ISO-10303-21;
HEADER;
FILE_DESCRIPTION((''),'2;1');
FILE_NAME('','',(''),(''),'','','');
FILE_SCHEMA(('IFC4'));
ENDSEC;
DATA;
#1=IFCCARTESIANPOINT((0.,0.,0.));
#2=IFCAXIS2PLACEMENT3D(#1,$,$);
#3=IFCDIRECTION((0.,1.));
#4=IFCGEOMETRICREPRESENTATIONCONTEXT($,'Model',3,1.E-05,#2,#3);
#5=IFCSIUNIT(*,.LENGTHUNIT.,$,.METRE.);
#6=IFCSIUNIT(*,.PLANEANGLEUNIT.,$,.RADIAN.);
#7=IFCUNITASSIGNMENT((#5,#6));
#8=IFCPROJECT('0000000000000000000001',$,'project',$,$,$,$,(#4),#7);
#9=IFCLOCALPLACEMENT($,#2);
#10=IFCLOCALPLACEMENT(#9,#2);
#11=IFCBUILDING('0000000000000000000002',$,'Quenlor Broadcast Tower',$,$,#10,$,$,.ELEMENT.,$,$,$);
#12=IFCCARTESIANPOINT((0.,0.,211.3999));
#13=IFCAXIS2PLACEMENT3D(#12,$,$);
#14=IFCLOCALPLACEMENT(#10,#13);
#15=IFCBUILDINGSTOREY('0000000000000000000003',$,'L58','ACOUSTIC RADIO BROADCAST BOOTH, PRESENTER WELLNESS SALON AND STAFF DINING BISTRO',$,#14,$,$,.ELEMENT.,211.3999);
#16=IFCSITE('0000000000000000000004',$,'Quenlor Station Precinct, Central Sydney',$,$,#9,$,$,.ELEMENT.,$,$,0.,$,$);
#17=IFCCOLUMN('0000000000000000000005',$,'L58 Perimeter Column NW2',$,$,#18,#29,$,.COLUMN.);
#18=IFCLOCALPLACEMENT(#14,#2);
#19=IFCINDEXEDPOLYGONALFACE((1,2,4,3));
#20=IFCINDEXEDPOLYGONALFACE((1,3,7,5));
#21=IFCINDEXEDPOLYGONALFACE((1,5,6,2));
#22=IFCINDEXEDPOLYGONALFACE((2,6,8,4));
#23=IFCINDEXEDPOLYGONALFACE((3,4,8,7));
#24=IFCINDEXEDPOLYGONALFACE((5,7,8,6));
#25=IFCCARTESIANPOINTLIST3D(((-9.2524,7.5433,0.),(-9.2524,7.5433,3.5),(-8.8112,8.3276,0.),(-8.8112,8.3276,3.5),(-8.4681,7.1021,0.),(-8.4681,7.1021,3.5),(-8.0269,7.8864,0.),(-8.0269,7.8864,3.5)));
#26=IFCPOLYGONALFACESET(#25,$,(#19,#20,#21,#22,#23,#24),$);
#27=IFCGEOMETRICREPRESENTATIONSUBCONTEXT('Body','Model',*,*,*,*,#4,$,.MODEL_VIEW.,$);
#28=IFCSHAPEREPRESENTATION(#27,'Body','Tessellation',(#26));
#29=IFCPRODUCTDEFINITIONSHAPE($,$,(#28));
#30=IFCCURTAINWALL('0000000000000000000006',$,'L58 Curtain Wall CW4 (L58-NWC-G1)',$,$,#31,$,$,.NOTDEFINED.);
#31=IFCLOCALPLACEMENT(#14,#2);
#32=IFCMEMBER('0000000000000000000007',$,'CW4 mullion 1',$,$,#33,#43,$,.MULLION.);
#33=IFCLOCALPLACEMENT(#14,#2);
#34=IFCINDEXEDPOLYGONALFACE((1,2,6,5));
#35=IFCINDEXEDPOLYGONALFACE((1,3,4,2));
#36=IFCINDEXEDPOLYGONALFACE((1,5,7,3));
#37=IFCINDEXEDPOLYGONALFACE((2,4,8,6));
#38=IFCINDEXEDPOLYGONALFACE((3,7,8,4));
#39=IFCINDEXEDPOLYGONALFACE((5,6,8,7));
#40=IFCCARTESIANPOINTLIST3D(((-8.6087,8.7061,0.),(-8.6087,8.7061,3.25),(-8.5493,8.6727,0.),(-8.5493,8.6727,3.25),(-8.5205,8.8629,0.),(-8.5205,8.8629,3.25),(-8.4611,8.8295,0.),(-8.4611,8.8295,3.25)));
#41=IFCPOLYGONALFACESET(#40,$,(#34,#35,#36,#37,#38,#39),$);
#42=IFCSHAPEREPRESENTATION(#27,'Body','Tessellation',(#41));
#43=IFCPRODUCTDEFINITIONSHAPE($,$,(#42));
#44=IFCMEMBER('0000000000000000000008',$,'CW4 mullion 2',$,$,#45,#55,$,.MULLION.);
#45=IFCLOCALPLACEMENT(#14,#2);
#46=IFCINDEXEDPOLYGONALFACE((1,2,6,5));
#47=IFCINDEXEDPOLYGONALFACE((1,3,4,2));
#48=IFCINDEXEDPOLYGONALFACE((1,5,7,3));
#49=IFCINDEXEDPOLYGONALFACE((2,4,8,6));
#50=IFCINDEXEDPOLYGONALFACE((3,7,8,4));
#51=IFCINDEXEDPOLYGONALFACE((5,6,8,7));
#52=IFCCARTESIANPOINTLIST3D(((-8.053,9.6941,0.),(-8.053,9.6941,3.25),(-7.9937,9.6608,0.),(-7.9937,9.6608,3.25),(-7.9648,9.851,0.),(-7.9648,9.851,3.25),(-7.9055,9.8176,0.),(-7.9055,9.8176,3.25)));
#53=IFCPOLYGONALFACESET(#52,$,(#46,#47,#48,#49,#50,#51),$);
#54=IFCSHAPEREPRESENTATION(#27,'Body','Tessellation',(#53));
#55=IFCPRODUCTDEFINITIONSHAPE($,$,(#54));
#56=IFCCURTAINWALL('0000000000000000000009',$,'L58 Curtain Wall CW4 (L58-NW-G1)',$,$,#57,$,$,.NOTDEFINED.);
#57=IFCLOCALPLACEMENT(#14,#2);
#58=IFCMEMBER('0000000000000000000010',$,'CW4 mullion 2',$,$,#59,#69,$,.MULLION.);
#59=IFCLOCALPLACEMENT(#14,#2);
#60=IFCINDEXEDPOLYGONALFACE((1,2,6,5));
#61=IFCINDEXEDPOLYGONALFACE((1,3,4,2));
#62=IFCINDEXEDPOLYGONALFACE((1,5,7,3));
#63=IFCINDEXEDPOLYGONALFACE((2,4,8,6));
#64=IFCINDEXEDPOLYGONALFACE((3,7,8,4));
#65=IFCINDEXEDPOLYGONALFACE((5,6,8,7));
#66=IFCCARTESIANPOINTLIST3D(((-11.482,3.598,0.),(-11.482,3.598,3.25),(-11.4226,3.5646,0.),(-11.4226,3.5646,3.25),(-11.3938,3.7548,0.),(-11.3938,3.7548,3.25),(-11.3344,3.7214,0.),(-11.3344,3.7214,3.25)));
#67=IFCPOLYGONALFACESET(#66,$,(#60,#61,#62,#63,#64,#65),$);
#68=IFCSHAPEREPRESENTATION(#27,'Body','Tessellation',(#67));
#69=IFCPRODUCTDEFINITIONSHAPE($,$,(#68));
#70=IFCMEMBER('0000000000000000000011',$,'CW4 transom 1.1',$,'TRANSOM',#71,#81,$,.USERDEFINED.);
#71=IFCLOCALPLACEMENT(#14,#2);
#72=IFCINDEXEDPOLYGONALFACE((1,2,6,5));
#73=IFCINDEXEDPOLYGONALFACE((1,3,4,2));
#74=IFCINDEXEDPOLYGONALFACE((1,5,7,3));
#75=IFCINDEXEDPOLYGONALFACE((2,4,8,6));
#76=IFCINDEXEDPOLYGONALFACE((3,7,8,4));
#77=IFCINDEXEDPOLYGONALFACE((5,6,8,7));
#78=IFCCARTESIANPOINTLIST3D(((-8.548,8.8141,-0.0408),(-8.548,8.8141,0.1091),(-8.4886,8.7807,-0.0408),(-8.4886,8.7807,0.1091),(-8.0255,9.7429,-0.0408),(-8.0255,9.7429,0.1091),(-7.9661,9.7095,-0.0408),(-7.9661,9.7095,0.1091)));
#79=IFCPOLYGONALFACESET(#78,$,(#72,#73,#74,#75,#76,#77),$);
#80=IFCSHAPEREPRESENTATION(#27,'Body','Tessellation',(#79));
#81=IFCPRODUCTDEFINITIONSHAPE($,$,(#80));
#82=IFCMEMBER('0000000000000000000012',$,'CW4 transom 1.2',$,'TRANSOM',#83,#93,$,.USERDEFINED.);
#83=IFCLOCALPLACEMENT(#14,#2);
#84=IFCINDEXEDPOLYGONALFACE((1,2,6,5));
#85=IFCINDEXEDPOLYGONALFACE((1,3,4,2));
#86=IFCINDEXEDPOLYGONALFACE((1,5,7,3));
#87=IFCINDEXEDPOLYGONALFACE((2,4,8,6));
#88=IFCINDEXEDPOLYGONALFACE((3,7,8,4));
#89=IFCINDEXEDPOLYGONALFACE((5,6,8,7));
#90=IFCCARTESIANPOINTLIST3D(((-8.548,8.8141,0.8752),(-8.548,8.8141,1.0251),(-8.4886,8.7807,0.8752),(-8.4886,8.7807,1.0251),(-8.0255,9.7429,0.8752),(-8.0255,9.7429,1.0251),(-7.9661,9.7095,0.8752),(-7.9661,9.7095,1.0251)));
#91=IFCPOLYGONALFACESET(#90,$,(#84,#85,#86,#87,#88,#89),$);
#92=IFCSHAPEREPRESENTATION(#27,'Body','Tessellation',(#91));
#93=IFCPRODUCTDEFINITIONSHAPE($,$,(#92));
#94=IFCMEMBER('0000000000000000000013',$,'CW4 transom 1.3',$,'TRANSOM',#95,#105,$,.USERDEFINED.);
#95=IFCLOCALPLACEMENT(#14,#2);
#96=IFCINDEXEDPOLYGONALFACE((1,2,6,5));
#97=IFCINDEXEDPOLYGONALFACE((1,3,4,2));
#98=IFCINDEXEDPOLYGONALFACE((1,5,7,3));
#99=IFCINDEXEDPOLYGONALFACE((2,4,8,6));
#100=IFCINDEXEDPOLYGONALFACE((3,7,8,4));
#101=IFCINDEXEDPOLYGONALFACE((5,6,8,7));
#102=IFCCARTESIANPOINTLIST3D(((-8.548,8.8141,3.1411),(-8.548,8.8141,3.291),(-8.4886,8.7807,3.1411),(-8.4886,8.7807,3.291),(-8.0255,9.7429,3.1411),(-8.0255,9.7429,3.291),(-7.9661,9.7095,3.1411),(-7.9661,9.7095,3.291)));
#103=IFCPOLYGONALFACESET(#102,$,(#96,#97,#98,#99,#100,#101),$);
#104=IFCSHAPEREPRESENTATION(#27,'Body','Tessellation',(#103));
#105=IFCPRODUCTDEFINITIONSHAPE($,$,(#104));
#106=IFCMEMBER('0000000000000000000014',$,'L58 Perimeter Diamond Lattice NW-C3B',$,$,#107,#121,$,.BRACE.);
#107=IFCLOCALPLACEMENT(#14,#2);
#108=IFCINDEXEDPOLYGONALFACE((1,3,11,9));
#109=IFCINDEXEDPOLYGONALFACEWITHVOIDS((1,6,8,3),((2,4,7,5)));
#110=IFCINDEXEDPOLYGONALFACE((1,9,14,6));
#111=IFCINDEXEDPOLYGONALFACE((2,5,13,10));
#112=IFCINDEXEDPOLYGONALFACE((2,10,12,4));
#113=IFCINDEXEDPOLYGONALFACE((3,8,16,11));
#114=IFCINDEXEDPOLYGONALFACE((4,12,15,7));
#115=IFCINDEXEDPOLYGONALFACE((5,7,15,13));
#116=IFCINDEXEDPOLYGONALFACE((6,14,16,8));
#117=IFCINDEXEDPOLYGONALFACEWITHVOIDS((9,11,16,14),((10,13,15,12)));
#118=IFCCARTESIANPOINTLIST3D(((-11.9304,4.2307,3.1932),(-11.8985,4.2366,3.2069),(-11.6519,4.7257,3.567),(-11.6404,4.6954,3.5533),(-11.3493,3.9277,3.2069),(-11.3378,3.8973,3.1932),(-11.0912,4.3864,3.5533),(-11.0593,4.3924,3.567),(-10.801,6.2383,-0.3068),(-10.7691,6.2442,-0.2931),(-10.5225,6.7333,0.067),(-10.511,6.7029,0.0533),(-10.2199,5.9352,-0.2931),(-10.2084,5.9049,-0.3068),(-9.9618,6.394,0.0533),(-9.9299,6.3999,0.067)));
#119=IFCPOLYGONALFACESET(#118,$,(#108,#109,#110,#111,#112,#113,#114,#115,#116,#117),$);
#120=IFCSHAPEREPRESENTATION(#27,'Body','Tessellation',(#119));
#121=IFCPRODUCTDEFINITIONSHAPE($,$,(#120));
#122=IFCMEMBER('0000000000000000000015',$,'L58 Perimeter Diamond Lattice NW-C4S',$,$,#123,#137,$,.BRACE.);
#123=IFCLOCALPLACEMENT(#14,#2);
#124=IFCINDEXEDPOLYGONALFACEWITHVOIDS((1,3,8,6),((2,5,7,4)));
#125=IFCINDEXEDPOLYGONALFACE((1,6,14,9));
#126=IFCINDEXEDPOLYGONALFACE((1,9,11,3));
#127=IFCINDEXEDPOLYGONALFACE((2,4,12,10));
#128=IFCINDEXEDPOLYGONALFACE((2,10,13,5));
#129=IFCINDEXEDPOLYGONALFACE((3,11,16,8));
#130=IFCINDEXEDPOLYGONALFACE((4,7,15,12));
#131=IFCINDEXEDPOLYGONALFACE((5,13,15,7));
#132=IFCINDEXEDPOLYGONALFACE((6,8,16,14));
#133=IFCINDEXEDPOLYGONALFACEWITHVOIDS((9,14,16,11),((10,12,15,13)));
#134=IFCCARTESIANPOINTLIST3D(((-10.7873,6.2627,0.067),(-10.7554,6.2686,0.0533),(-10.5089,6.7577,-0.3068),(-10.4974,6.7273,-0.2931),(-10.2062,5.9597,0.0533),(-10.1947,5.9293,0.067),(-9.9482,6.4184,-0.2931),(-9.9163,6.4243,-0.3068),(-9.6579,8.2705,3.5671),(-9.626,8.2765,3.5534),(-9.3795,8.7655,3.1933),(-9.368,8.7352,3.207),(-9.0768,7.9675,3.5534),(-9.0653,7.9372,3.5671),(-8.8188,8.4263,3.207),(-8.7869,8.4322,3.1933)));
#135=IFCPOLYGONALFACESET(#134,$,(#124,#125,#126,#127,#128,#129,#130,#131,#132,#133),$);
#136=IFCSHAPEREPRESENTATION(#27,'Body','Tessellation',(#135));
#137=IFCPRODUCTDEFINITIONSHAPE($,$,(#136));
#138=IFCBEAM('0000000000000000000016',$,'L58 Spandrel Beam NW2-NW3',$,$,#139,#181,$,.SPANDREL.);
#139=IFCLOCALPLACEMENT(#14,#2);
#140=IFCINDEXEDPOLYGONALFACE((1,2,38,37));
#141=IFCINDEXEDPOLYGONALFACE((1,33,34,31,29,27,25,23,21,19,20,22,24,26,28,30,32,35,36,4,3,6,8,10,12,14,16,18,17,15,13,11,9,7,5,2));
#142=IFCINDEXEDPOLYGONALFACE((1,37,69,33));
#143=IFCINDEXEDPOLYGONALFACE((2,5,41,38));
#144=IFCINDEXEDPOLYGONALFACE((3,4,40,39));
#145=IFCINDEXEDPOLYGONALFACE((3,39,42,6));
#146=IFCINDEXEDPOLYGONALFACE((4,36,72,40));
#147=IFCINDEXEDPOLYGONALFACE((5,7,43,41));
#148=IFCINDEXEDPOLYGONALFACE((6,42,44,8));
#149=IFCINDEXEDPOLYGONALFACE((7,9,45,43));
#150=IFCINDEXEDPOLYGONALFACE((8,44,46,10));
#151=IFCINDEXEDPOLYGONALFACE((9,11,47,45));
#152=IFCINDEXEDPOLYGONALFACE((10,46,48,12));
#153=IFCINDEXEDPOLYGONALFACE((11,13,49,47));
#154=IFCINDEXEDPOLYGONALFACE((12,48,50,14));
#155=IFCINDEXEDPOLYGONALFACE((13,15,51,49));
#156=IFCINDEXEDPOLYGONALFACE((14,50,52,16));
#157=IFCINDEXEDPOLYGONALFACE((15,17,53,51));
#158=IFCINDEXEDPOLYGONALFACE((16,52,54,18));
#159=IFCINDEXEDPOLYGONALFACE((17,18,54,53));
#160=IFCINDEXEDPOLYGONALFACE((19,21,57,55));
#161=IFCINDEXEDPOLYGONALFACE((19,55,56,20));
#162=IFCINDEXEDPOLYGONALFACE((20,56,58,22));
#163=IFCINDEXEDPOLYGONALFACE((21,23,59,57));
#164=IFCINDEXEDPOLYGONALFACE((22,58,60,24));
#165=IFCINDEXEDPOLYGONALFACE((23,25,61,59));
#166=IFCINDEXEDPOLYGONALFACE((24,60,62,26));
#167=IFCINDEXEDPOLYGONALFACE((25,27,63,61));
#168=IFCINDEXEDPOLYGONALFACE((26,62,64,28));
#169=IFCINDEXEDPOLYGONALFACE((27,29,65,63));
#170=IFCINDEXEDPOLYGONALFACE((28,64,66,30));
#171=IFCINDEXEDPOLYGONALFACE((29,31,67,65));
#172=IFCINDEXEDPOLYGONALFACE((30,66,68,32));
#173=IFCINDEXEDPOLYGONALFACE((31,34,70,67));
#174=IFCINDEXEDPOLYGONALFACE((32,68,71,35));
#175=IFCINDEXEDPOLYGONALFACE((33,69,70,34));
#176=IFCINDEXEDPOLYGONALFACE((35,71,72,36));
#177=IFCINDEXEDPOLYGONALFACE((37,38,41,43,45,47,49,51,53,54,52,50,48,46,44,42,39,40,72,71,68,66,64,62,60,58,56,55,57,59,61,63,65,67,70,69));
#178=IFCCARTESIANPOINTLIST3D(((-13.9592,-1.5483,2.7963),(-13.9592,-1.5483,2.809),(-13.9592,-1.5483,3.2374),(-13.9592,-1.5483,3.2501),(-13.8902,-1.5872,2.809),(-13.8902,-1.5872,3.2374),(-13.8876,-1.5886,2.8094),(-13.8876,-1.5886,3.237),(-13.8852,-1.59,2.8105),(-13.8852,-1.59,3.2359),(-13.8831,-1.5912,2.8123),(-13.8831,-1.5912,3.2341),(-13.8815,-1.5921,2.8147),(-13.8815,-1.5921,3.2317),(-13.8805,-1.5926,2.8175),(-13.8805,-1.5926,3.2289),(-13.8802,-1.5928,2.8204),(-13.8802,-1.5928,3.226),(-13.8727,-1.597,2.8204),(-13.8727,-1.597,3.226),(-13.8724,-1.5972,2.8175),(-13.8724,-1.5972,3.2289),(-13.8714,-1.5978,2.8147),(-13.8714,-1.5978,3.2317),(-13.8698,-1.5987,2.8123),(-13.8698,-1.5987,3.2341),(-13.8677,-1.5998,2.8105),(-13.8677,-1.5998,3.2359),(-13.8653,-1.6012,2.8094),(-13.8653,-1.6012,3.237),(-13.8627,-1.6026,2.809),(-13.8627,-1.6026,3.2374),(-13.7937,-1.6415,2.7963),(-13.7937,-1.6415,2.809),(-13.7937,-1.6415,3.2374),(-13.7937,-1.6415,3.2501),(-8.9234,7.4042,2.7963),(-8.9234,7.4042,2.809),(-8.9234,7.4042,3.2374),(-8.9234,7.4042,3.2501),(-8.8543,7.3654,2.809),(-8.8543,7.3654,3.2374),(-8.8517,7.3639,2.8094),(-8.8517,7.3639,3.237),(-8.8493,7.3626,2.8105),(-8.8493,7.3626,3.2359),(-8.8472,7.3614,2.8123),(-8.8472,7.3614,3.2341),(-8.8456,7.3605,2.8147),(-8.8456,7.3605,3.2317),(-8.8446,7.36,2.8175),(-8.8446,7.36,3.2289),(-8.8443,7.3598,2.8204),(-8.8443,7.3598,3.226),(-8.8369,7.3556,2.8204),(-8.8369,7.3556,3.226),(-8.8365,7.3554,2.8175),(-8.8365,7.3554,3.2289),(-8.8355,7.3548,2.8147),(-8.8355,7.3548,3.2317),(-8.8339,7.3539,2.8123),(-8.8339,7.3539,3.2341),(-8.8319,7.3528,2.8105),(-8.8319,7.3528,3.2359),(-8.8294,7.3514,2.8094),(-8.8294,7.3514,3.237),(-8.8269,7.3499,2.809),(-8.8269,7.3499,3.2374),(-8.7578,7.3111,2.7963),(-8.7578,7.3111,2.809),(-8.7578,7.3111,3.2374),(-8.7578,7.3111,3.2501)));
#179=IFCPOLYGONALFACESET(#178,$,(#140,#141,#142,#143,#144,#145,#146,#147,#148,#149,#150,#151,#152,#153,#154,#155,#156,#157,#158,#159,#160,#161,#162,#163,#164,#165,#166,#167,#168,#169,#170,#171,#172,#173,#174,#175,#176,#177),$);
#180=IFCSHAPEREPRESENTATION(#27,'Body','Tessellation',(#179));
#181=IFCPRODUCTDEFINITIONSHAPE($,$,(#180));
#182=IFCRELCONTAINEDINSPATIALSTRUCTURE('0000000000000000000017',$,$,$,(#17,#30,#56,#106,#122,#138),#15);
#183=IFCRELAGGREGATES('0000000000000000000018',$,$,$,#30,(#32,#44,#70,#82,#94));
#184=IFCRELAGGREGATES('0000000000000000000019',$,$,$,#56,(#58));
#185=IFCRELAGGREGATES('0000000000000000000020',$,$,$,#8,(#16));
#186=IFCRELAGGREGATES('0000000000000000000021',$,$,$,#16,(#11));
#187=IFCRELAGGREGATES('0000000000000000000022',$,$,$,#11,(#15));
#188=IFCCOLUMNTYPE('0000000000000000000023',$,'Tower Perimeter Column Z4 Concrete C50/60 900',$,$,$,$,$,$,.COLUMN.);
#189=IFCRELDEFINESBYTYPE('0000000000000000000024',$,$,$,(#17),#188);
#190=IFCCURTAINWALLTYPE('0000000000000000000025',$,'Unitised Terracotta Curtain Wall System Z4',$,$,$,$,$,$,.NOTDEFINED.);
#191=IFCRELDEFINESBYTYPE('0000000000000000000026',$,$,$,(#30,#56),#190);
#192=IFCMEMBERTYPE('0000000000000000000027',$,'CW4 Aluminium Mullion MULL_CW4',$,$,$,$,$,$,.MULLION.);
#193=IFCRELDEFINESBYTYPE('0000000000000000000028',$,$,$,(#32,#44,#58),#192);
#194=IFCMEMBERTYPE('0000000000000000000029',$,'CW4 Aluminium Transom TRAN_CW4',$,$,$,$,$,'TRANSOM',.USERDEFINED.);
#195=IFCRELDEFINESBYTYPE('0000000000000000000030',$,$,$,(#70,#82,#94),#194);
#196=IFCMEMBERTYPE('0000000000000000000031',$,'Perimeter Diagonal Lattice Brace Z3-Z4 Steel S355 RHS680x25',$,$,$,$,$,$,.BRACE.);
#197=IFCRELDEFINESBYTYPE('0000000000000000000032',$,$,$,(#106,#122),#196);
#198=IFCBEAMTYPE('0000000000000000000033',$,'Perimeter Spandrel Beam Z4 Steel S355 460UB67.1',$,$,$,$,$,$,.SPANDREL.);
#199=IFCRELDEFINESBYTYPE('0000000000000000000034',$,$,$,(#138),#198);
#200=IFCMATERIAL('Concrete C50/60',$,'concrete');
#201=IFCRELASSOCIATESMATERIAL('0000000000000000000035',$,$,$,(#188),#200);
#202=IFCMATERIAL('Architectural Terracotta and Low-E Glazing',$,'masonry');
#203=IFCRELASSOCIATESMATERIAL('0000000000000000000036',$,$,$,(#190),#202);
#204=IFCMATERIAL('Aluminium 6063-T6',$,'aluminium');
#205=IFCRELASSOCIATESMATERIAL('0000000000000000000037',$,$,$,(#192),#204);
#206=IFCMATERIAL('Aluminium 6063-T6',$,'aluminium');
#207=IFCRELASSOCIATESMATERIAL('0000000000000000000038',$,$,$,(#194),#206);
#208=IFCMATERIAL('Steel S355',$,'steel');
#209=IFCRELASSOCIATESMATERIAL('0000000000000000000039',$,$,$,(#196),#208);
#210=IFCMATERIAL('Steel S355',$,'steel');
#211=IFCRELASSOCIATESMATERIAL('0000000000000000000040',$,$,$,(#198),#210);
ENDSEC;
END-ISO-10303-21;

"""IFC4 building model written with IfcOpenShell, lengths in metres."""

from ifc_helpers import new_model, si_unit, direction, frame, origin, origin_2d, place, context, subcontext, project, spatial, rectangle, hollow_rectangle, i_section, extrude, material, material_profile, profile_set, type_object, element, aggregate, save


model = new_model("IFC4")

# Units and contexts
model_context = context("Model", 3, precision=1e-05, world=origin(), true_north=direction((0.0, 1.0)))
body_context = subcontext(model_context, "Body", "Model", "MODEL_VIEW")
ifc_project = project(units=[si_unit("LENGTHUNIT", "METRE"), si_unit("PLANEANGLEUNIT", "RADIAN")], contexts=[model_context])

# Site, building, storey
site_placement = place(None, origin())
site = spatial("IfcSite", under=ifc_project, at=site_placement, Name="Quenlor Station Precinct, Central Sydney", CompositionType="ELEMENT", RefElevation=0.0)
building_placement = place(site_placement, origin())
building = spatial("IfcBuilding", under=site, at=building_placement, Name="Quenlor Broadcast Tower", CompositionType="ELEMENT")
storey_placement = place(building_placement, frame((0.0, 0.0, 211.3999)))
storey = spatial("IfcBuildingStorey", under=building, at=storey_placement, Name="L58", Description="ACOUSTIC RADIO BROADCAST BOOTH, PRESENTER WELLNESS SALON AND STAFF DINING BISTRO", CompositionType="ELEMENT", Elevation=211.3999)

# Column
ifc_material_1 = material(Name="Concrete C50/60", Category="concrete")
ifc_material_profile_1 = material_profile(ifc_material_1, rectangle(XDim=0.8999, YDim=0.8999, at=origin_2d()))
ifc_profile_set_1 = profile_set([ifc_material_profile_1], Name="Concrete C50/60 RC900x900")
column_type = type_object("IfcColumnType", Name="Tower Perimeter Column Z4 Concrete C50/60 900", PredefinedType="COLUMN", material=ifc_profile_set_1)
column_placement = place(storey_placement, frame((-8.6396, 7.7148, 0.0), z_axis=(0.0, 0.0, 1.0), x_axis=(-0.871575, 0.490262, 0.0)))
element("IfcColumn", 1, at=column_placement, inside=storey, type_object=column_type, Name="L58 Perimeter Column NW2", PredefinedType="COLUMN", context=body_context, shape_type="SweptSolid", body=[
    extrude(rectangle(XDim=0.8999, YDim=0.8999, at=origin_2d()), origin(), (0.0, 0.0, 1.0), 3.5),
])

# Curtain wall, members
ifc_material_2 = material(Name="Architectural Terracotta and Low-E Glazing", Category="masonry")
curtain_wall_type = type_object("IfcCurtainWallType", Name="Unitised Terracotta Curtain Wall System Z4", PredefinedType="NOTDEFINED", material=ifc_material_2)
curtain_wall_1_placement = place(storey_placement, origin())
curtain_wall_1 = element("IfcCurtainWall", 2, at=curtain_wall_1_placement, inside=storey, type_object=curtain_wall_type, Name="L58 Curtain Wall CW4 (L58-NWC-G1)", PredefinedType="NOTDEFINED")
ifc_material_3 = material(Name="Aluminium 6063-T6", Category="aluminium")
ifc_material_profile_2 = material_profile(ifc_material_3, rectangle(XDim=0.0681, YDim=0.1799, at=origin_2d()))
ifc_profile_set_2 = profile_set([ifc_material_profile_2], Name="Aluminium 6063-T6 MULL68x180")
member_type_1 = type_object("IfcMemberType", Name="CW4 Aluminium Mullion MULL_CW4", PredefinedType="MULLION", material=ifc_profile_set_2)
member_1_placement = place(storey_placement, frame((-8.5349, 8.7678, 0.0), z_axis=(0.0, 0.0, 1.0), x_axis=(-0.871558, 0.490293, 0.0)))
member_1 = element("IfcMember", 3, at=member_1_placement, type_object=member_type_1, Name="CW4 mullion 1", PredefinedType="MULLION", context=body_context, shape_type="SweptSolid", body=[
    extrude(rectangle(XDim=0.0681, YDim=0.1799, at=origin_2d()), origin(), (0.0, 0.0, 1.0), 3.25),
])
member_2_placement = place(storey_placement, frame((-7.9792, 9.7559, 0.0), z_axis=(0.0, 0.0, 1.0), x_axis=(-0.871558, 0.490293, 0.0)))
member_2 = element("IfcMember", 4, at=member_2_placement, type_object=member_type_1, Name="CW4 mullion 2", PredefinedType="MULLION", context=body_context, shape_type="SweptSolid", body=[
    extrude(rectangle(XDim=0.0681, YDim=0.1799, at=origin_2d()), origin(), (0.0, 0.0, 1.0), 3.25),
])

# Curtain wall, member
curtain_wall_2_placement = place(storey_placement, origin())
curtain_wall_2 = element("IfcCurtainWall", 5, at=curtain_wall_2_placement, inside=storey, type_object=curtain_wall_type, Name="L58 Curtain Wall CW4 (L58-NW-G1)", PredefinedType="NOTDEFINED")
member_3_placement = place(storey_placement, frame((-11.4082, 3.6597, 0.0), z_axis=(0.0, 0.0, 1.0), x_axis=(-0.87156, 0.490289, 0.0)))
member_3 = element("IfcMember", 6, at=member_3_placement, type_object=member_type_1, Name="CW4 mullion 2", PredefinedType="MULLION", context=body_context, shape_type="SweptSolid", body=[
    extrude(rectangle(XDim=0.0681, YDim=0.1799, at=origin_2d()), origin(), (0.0, 0.0, 1.0), 3.25),
])

# Members
ifc_material_4 = material(Name="Aluminium 6063-T6", Category="aluminium")
ifc_material_profile_3 = material_profile(ifc_material_4, rectangle(XDim=0.0681, YDim=0.1499, at=origin_2d()))
ifc_profile_set_3 = profile_set([ifc_material_profile_3], Name="Aluminium 6063-T6 TRAN68x150")
member_type_2 = type_object("IfcMemberType", Name="CW4 Aluminium Transom TRAN_CW4", ElementType="TRANSOM", PredefinedType="USERDEFINED", material=ifc_profile_set_3)
member_4_placement = place(storey_placement, frame((-8.5183, 8.7974, 0.0342), z_axis=(0.490305, 0.871551, 0.0), x_axis=(-0.871551, 0.490305, 0.0)))
member_4 = element("IfcMember", 7, at=member_4_placement, type_object=member_type_2, Name="CW4 transom 1.1", ObjectType="TRANSOM", PredefinedType="USERDEFINED", context=body_context, shape_type="SweptSolid", body=[
    extrude(rectangle(XDim=0.0681, YDim=0.1499, at=origin_2d()), origin(), (0.0, 0.0, 1.0), 1.0657),
])
member_5_placement = place(storey_placement, frame((-8.5183, 8.7974, 0.9502), z_axis=(0.490305, 0.871551, 0.0), x_axis=(-0.871551, 0.490305, 0.0)))
member_5 = element("IfcMember", 8, at=member_5_placement, type_object=member_type_2, Name="CW4 transom 1.2", ObjectType="TRANSOM", PredefinedType="USERDEFINED", context=body_context, shape_type="SweptSolid", body=[
    extrude(rectangle(XDim=0.0681, YDim=0.1499, at=origin_2d()), origin(), (0.0, 0.0, 1.0), 1.0657),
])
member_6_placement = place(storey_placement, frame((-8.5183, 8.7974, 3.2161), z_axis=(0.490305, 0.871551, 0.0), x_axis=(-0.871551, 0.490305, 0.0)))
member_6 = element("IfcMember", 9, at=member_6_placement, type_object=member_type_2, Name="CW4 transom 1.3", ObjectType="TRANSOM", PredefinedType="USERDEFINED", context=body_context, shape_type="SweptSolid", body=[
    extrude(rectangle(XDim=0.0681, YDim=0.1499, at=origin_2d()), origin(), (0.0, 0.0, 1.0), 1.0657),
])

# Members
ifc_material_5 = material(Name="Steel S355", Category="steel")
ifc_material_profile_4 = material_profile(ifc_material_5, hollow_rectangle(XDim=0.6799, YDim=0.6799, WallThickness=0.0249, at=origin_2d()))
ifc_profile_set_4 = profile_set([ifc_material_profile_4], Name="Steel S355 RHS680x680x25")
member_type_3 = type_object("IfcMemberType", Name="Perimeter Diagonal Lattice Brace Z3-Z4 Steel S355 RHS680x25", PredefinedType="BRACE", material=ifc_profile_set_4)
member_7_placement = place(storey_placement, frame((-10.3655, 6.3191, -0.1199), z_axis=(-0.269547, -0.479136, 0.835328), x_axis=(0.87155, -0.490307, 0.0)))
element("IfcMember", 10, at=member_7_placement, inside=storey, type_object=member_type_3, Name="L58 Perimeter Diamond Lattice NW-C3B", PredefinedType="BRACE", context=body_context, shape_type="SweptSolid", body=[
    extrude(hollow_rectangle(XDim=0.6799, YDim=0.6799, WallThickness=0.0249, at=origin_2d()), origin(), (0.0, 0.0, 1.0), 4.1899),
])
member_8_placement = place(storey_placement, frame((-10.3518, 6.3435, -0.1199), z_axis=(0.26954, 0.479181, 0.835305), x_axis=(-0.871576, 0.490261, 0.0)))
element("IfcMember", 11, at=member_8_placement, inside=storey, type_object=member_type_3, Name="L58 Perimeter Diamond Lattice NW-C4S", PredefinedType="BRACE", context=body_context, shape_type="SweptSolid", body=[
    extrude(hollow_rectangle(XDim=0.6799, YDim=0.6799, WallThickness=0.0249, at=origin_2d()), origin(), (0.0, 0.0, 1.0), 4.1902),
])

# Beam
ifc_material_6 = material(Name="Steel S355", Category="steel")
ifc_material_profile_5 = material_profile(ifc_material_6, i_section(OverallWidth=0.1899, OverallDepth=0.4539, WebThickness=0.0085, FlangeThickness=0.0127, FilletRadius=0.0115, at=origin_2d()))
ifc_profile_set_5 = profile_set([ifc_material_profile_5], Name="Steel S355 460UB67.1")
beam_type_1 = type_object("IfcBeamType", Name="Perimeter Spandrel Beam Z4 Steel S355 460UB67.1", PredefinedType="SPANDREL", material=ifc_profile_set_5)
beam_1_placement = place(storey_placement, frame((-8.8406, 7.3577, 3.0232), z_axis=(-0.490263, -0.871574, 0.0), x_axis=(0.871574, -0.490263, 0.0)))
element("IfcBeam", 12, at=beam_1_placement, inside=storey, type_object=beam_type_1, Name="L58 Spandrel Beam NW2-NW3", PredefinedType="SPANDREL", context=body_context, shape_type="SweptSolid", body=[
    extrude(i_section(OverallWidth=0.1899, OverallDepth=0.4539, WebThickness=0.0085, FlangeThickness=0.0127, FilletRadius=0.0115, at=origin_2d()), origin(), (0.0, 0.0, 1.0), 10.2717),
])

aggregate(curtain_wall_1, [member_1, member_2, member_4, member_5, member_6])
aggregate(curtain_wall_2, [member_3])

save(model, "model.ifc")
